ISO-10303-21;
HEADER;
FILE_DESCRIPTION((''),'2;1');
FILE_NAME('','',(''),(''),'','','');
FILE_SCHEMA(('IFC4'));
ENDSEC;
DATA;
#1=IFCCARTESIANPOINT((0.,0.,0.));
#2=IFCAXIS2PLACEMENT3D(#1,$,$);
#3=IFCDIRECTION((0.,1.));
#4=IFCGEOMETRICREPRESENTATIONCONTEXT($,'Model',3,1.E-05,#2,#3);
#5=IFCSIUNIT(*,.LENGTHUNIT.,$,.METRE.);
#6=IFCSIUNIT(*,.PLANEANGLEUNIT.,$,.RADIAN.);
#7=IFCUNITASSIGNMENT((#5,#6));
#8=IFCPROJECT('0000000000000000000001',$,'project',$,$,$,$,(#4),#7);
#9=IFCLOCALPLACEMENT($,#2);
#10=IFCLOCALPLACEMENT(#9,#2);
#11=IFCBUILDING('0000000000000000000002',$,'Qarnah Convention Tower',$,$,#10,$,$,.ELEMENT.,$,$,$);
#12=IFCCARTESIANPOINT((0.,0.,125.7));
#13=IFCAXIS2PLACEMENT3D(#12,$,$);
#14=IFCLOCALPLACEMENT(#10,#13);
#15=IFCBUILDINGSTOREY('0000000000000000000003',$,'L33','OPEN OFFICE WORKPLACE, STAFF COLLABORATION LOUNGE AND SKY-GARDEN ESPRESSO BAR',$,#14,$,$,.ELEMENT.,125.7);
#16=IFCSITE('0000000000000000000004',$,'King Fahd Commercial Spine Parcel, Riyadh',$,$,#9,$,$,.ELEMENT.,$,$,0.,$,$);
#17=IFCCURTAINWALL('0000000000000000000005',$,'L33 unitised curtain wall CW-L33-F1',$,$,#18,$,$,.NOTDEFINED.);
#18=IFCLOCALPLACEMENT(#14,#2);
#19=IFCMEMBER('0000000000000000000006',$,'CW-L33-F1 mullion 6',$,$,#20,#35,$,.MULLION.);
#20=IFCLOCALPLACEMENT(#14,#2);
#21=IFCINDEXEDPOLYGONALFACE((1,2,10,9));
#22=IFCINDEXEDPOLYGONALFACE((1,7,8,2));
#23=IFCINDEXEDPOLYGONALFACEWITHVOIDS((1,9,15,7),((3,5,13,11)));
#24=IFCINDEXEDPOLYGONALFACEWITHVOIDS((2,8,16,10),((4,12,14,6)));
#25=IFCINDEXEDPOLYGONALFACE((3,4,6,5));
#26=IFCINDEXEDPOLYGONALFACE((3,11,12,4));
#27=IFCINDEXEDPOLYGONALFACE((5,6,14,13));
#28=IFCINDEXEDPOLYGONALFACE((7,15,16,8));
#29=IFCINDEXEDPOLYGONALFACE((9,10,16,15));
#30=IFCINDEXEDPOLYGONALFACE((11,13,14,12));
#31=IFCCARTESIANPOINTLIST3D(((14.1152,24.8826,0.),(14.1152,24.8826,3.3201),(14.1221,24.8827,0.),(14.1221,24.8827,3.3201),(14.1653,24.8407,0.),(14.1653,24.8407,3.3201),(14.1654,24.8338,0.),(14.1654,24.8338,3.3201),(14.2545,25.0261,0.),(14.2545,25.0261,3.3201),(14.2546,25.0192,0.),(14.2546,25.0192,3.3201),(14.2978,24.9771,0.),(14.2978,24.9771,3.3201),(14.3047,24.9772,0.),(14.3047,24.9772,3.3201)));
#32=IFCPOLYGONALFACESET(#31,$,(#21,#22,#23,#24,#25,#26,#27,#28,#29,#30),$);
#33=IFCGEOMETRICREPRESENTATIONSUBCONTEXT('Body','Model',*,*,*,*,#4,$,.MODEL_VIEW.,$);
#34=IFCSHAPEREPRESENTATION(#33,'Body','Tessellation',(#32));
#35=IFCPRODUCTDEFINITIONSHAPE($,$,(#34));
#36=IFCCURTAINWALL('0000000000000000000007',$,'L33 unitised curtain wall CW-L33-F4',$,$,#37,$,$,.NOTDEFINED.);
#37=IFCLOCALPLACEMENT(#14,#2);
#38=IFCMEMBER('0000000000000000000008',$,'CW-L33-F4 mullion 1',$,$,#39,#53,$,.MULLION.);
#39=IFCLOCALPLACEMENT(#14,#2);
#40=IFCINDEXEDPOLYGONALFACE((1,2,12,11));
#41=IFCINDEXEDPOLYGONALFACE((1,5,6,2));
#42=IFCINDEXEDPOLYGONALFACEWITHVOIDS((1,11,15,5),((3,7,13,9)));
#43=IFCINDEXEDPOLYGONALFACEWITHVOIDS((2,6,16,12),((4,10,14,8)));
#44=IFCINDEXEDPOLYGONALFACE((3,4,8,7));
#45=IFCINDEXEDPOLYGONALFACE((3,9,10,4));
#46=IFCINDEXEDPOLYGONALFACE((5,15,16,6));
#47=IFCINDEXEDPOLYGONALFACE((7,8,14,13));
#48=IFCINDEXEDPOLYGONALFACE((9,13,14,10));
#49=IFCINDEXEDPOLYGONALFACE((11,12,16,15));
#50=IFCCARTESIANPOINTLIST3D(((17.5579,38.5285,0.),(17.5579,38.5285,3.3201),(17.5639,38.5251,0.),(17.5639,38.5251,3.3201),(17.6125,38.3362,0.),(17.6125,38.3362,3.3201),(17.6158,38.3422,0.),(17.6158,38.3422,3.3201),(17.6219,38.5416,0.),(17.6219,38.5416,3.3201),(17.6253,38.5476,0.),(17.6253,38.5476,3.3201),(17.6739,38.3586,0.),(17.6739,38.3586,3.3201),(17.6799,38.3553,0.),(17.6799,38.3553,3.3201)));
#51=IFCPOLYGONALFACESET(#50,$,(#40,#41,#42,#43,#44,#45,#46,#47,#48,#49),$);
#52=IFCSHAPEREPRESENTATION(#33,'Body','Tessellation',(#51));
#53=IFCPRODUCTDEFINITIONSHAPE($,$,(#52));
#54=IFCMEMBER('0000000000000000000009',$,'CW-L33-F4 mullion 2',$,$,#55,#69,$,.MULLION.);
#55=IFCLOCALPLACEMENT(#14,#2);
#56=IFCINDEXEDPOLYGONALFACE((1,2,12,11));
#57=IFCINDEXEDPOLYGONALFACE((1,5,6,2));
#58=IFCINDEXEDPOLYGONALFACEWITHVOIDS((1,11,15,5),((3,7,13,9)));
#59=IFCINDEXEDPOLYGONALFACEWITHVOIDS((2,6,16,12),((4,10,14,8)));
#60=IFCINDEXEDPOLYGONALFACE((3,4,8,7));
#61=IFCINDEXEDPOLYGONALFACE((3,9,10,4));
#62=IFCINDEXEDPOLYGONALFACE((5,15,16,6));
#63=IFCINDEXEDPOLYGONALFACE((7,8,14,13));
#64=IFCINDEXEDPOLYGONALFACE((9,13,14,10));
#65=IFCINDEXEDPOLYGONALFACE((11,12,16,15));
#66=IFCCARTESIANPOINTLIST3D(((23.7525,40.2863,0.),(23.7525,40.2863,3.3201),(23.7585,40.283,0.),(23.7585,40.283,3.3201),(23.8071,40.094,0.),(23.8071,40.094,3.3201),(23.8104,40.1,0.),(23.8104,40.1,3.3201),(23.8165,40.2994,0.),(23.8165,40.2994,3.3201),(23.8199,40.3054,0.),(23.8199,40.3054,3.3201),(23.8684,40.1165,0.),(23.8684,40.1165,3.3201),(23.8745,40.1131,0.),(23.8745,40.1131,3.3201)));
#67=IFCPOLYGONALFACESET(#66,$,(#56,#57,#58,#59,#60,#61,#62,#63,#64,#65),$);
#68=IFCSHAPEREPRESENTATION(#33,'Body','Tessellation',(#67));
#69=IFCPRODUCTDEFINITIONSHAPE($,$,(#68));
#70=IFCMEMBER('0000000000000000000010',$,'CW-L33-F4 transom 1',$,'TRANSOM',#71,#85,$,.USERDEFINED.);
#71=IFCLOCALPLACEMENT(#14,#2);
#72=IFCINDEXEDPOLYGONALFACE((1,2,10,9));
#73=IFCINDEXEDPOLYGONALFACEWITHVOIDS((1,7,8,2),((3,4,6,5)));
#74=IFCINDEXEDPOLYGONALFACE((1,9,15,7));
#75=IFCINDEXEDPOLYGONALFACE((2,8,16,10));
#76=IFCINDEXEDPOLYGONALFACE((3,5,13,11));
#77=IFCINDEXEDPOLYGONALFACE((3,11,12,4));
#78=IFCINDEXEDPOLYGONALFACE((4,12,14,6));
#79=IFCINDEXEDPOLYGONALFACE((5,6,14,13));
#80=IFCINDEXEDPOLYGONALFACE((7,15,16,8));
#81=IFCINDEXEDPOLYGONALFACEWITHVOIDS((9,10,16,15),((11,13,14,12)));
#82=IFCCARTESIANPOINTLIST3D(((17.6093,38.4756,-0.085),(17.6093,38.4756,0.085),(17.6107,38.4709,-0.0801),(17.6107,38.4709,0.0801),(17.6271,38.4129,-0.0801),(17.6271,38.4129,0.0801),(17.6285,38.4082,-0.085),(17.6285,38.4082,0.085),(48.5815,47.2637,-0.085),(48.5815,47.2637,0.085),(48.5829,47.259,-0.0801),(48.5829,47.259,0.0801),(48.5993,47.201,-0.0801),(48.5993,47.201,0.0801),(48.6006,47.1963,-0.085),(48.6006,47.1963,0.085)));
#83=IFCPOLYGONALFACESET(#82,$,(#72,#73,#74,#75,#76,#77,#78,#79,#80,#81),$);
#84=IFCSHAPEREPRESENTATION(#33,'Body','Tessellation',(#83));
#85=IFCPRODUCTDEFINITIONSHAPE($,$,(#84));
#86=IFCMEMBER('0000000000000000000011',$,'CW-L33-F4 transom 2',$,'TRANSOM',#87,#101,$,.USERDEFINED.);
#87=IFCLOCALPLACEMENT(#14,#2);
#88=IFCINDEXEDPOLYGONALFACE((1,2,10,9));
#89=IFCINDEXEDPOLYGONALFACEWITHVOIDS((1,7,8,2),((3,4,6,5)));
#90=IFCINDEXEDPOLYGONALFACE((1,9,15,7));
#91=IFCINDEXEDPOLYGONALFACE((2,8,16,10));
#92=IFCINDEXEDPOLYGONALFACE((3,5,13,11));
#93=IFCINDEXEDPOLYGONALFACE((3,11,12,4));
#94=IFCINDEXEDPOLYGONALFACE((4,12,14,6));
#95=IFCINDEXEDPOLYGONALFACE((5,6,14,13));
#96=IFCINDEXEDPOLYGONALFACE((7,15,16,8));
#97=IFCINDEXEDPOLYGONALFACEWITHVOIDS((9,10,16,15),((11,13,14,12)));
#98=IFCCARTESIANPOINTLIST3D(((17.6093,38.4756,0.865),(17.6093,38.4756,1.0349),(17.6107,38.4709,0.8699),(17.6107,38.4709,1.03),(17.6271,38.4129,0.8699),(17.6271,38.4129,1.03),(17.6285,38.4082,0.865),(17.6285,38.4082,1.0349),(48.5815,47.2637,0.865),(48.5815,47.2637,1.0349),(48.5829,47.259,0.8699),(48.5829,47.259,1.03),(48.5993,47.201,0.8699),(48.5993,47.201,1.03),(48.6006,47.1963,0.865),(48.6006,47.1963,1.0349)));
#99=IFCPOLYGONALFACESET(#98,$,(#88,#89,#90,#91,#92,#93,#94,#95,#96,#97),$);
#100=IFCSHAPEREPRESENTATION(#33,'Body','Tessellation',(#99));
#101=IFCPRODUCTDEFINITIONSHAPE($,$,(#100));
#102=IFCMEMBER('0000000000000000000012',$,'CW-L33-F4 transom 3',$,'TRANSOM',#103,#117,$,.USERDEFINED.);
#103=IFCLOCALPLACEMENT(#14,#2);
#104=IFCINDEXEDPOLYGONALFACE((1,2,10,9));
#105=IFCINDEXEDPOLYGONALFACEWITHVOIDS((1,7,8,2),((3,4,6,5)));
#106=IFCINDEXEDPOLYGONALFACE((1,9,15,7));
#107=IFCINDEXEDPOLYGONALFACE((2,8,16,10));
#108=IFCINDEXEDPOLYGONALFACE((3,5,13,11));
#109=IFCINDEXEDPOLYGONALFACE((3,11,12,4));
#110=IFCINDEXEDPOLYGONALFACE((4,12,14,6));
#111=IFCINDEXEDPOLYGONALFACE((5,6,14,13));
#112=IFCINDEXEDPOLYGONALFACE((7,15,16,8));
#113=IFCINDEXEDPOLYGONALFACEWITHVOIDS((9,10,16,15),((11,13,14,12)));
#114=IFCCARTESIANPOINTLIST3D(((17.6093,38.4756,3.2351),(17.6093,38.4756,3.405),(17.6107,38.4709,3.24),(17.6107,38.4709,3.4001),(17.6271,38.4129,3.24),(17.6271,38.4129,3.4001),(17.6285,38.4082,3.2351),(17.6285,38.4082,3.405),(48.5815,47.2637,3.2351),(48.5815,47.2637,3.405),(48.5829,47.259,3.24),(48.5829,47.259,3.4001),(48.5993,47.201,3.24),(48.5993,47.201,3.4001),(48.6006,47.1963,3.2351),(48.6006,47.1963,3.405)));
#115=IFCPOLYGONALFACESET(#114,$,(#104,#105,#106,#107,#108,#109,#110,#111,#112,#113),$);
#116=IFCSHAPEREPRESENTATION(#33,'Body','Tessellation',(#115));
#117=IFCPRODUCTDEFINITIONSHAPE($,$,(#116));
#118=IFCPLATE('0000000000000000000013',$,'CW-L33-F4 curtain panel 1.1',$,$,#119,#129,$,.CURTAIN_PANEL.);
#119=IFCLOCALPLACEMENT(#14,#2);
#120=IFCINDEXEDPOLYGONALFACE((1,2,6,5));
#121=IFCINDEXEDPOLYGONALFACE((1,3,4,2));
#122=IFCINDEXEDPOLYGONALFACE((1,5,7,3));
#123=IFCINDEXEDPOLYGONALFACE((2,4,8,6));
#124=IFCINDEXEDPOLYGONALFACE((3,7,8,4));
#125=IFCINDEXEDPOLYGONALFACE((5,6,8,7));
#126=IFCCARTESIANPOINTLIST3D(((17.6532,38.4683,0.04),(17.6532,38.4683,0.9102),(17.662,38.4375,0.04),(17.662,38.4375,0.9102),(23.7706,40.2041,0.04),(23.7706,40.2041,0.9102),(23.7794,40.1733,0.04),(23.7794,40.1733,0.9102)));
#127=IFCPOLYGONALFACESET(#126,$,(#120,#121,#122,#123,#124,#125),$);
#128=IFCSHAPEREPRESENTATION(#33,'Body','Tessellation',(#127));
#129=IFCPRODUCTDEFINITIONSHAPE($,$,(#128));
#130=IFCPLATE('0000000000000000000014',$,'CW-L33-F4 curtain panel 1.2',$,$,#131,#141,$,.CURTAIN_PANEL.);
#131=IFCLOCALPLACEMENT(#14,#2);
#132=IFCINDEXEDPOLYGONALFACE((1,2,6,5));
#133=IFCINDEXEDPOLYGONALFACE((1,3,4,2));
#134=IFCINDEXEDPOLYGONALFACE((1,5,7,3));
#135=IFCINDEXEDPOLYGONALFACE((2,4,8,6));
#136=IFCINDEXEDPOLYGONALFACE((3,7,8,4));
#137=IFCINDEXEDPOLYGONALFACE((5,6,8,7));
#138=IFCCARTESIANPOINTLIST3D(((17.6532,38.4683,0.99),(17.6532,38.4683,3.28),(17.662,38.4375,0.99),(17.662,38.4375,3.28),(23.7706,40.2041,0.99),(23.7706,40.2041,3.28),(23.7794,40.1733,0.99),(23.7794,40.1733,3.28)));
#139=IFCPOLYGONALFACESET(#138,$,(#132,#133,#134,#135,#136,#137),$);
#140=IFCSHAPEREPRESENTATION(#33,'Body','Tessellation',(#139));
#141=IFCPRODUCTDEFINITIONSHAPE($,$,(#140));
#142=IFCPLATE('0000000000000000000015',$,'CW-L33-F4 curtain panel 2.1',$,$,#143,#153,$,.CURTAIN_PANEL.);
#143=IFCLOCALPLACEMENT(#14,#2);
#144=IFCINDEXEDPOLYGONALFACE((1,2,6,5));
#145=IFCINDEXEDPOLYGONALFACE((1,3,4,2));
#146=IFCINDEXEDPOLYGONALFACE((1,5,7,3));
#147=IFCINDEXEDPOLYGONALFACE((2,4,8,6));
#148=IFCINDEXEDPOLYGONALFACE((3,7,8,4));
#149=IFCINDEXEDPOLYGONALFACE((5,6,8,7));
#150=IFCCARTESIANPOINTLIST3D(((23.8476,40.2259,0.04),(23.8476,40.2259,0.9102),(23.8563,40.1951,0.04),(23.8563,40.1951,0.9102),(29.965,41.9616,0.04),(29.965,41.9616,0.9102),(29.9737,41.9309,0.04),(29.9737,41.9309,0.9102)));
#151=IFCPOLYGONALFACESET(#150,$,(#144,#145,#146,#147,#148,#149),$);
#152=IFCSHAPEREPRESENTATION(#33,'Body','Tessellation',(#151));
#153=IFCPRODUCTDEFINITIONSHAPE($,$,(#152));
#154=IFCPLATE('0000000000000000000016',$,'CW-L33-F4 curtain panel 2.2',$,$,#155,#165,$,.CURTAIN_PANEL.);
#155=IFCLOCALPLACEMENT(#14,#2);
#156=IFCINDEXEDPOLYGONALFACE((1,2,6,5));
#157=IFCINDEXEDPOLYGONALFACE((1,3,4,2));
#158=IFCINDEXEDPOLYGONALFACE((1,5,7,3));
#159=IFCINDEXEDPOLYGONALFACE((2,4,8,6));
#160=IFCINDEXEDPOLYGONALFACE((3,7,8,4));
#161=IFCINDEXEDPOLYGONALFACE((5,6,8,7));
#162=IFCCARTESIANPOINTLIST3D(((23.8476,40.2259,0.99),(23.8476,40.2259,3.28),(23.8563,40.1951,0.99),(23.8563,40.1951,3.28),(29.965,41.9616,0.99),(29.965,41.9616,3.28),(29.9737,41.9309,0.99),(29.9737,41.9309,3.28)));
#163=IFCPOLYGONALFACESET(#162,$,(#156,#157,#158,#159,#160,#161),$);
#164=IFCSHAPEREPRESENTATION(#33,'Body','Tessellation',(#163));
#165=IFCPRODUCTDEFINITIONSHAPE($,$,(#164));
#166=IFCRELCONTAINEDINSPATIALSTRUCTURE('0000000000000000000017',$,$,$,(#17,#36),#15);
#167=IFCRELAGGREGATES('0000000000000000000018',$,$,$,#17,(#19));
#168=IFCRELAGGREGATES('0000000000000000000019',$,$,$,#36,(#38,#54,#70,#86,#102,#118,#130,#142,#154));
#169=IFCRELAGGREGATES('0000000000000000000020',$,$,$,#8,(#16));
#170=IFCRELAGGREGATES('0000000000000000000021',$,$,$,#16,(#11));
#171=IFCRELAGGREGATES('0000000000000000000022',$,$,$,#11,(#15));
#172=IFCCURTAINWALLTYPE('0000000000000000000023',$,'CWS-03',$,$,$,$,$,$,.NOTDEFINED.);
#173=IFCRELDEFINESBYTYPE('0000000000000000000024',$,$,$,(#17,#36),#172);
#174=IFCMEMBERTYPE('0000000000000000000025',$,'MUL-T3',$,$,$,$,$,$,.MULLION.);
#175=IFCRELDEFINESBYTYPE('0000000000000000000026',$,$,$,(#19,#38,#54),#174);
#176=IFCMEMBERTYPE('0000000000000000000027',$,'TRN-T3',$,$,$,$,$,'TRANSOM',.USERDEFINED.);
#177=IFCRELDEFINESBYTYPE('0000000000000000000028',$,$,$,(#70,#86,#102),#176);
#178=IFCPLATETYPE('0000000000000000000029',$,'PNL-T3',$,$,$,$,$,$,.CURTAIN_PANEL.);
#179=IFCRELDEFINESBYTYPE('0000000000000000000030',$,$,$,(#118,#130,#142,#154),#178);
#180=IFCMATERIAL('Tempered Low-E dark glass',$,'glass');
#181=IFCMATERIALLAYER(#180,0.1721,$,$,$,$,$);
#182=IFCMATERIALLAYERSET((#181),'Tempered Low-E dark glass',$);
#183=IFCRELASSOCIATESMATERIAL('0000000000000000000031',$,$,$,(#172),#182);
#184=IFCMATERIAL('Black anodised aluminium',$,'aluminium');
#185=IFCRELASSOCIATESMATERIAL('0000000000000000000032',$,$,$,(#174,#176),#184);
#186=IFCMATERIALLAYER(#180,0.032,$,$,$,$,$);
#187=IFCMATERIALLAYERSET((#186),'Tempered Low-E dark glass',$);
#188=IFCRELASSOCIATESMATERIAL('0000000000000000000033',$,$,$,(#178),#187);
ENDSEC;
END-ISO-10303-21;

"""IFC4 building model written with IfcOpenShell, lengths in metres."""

from ifc_helpers import new_model, si_unit, direction, frame, origin, origin_2d, place, context, subcontext, project, spatial, rectangle, hollow_rectangle, extrude, material, layer, layer_set, material_profile, profile_set, type_object, element, aggregate, save


model = new_model("IFC4")

# Units and contexts
model_context = context("Model", 3, precision=1e-05, world=origin(), true_north=direction((0.0, 1.0)))
body_context = subcontext(model_context, "Body", "Model", "MODEL_VIEW")
ifc_project = project(units=[si_unit("LENGTHUNIT", "METRE"), si_unit("PLANEANGLEUNIT", "RADIAN")], contexts=[model_context])

# Site, building, storey
site_placement = place(None, origin())
site = spatial("IfcSite", under=ifc_project, at=site_placement, Name="King Fahd Commercial Spine Parcel, Riyadh", CompositionType="ELEMENT", RefElevation=0.0)
building_placement = place(site_placement, origin())
building = spatial("IfcBuilding", under=site, at=building_placement, Name="Qarnah Convention Tower", CompositionType="ELEMENT")
storey_placement = place(building_placement, frame((0.0, 0.0, 125.7)))
storey = spatial("IfcBuildingStorey", under=building, at=storey_placement, Name="L33", Description="OPEN OFFICE WORKPLACE, STAFF COLLABORATION LOUNGE AND SKY-GARDEN ESPRESSO BAR", CompositionType="ELEMENT", Elevation=125.7)

# Curtain wall, member
ifc_material_1 = material(Name="Tempered Low-E dark glass", Category="glass")
ifc_layer_1 = layer(ifc_material_1, 0.1721)
ifc_layer_set_1 = layer_set([ifc_layer_1], Name="Tempered Low-E dark glass")
curtain_wall_type = type_object("IfcCurtainWallType", Name="CWS-03", PredefinedType="NOTDEFINED", material=ifc_layer_set_1)
curtain_wall_1_placement = place(storey_placement, origin())
curtain_wall_1 = element("IfcCurtainWall", 1, at=curtain_wall_1_placement, inside=storey, type_object=curtain_wall_type, Name="L33 unitised curtain wall CW-L33-F1", PredefinedType="NOTDEFINED")
ifc_material_2 = material(Name="Black anodised aluminium", Category="aluminium")
ifc_material_profile_1 = material_profile(ifc_material_2, hollow_rectangle(XDim=0.0701, YDim=0.2, WallThickness=0.0049, at=origin_2d()), Name="MUL-70X200")
ifc_profile_set_1 = profile_set([ifc_material_profile_1], Name="Black anodised aluminium")
member_type_1 = type_object("IfcMemberType", Name="MUL-T3", PredefinedType="MULLION", material=ifc_profile_set_1)
member_1_placement = place(storey_placement, frame((14.21, 24.9299, 0.0), z_axis=(0.0, 0.0, 1.0), x_axis=(-0.71739, 0.696672, 0.0)))
member_1 = element("IfcMember", 2, at=member_1_placement, type_object=member_type_1, Name="CW-L33-F1 mullion 6", PredefinedType="MULLION", context=body_context, shape_type="SweptSolid", body=[
    extrude(hollow_rectangle(XDim=0.0701, YDim=0.2, WallThickness=0.0049, at=origin_2d()), origin(), (0.0, 0.0, 1.0), 3.3201),
])
aggregate(curtain_wall_1, [member_1])

# Curtain wall, members, plates
curtain_wall_2_placement = place(storey_placement, origin())
curtain_wall_2 = element("IfcCurtainWall", 3, at=curtain_wall_2_placement, inside=storey, type_object=curtain_wall_type, Name="L33 unitised curtain wall CW-L33-F4", PredefinedType="NOTDEFINED")
member_2_placement = place(storey_placement, frame((17.6189, 38.4419, 0.0), z_axis=(0.0, 0.0, 1.0), x_axis=(0.962024, 0.272965, 0.0)))
member_2 = element("IfcMember", 4, at=member_2_placement, type_object=member_type_1, Name="CW-L33-F4 mullion 1", PredefinedType="MULLION", context=body_context, shape_type="SweptSolid", body=[
    extrude(hollow_rectangle(XDim=0.0701, YDim=0.2, WallThickness=0.0049, at=origin_2d()), origin(), (0.0, 0.0, 1.0), 3.3201),
])
member_3_placement = place(storey_placement, frame((23.8135, 40.1997, 0.0), z_axis=(0.0, 0.0, 1.0), x_axis=(0.962024, 0.272965, 0.0)))
member_3 = element("IfcMember", 5, at=member_3_placement, type_object=member_type_1, Name="CW-L33-F4 mullion 2", PredefinedType="MULLION", context=body_context, shape_type="SweptSolid", body=[
    extrude(hollow_rectangle(XDim=0.0701, YDim=0.2, WallThickness=0.0049, at=origin_2d()), origin(), (0.0, 0.0, 1.0), 3.3201),
])
ifc_material_profile_2 = material_profile(ifc_material_2, hollow_rectangle(XDim=0.0701, YDim=0.1699, WallThickness=0.0049, at=origin_2d()), Name="TRN-70X170")
ifc_profile_set_2 = profile_set([ifc_material_profile_2], Name="Black anodised aluminium")
member_type_2 = type_object("IfcMemberType", Name="TRN-T3", ElementType="TRANSOM", PredefinedType="USERDEFINED", material=ifc_profile_set_2)
member_4_placement = place(storey_placement, frame((17.6189, 38.4419, 0.0), z_axis=(0.962024, 0.272966, 0.0), x_axis=(-0.272966, 0.962024, 0.0)))
member_4 = element("IfcMember", 6, at=member_4_placement, type_object=member_type_2, Name="CW-L33-F4 transom 1", ObjectType="TRANSOM", PredefinedType="USERDEFINED", context=body_context, shape_type="SweptSolid", body=[
    extrude(hollow_rectangle(XDim=0.0701, YDim=0.1699, WallThickness=0.0049, at=origin_2d()), origin(), (0.0, 0.0, 1.0), 32.1948),
])
member_5_placement = place(storey_placement, frame((17.6189, 38.4419, 0.95), z_axis=(0.962024, 0.272966, 0.0), x_axis=(-0.272966, 0.962024, 0.0)))
member_5 = element("IfcMember", 7, at=member_5_placement, type_object=member_type_2, Name="CW-L33-F4 transom 2", ObjectType="TRANSOM", PredefinedType="USERDEFINED", context=body_context, shape_type="SweptSolid", body=[
    extrude(hollow_rectangle(XDim=0.0701, YDim=0.1699, WallThickness=0.0049, at=origin_2d()), origin(), (0.0, 0.0, 1.0), 32.1948),
])
member_6_placement = place(storey_placement, frame((17.6189, 38.4419, 3.3201), z_axis=(0.962024, 0.272966, 0.0), x_axis=(-0.272966, 0.962024, 0.0)))
member_6 = element("IfcMember", 8, at=member_6_placement, type_object=member_type_2, Name="CW-L33-F4 transom 3", ObjectType="TRANSOM", PredefinedType="USERDEFINED", context=body_context, shape_type="SweptSolid", body=[
    extrude(hollow_rectangle(XDim=0.0701, YDim=0.1699, WallThickness=0.0049, at=origin_2d()), origin(), (0.0, 0.0, 1.0), 32.1948),
])
ifc_layer_2 = layer(ifc_material_1, 0.032)
ifc_layer_set_2 = layer_set([ifc_layer_2], Name="Tempered Low-E dark glass")
plate_type = type_object("IfcPlateType", Name="PNL-T3", PredefinedType="CURTAIN_PANEL", material=ifc_layer_set_2)
plate_1_placement = place(storey_placement, frame((20.7163, 39.3208, 0.04), z_axis=(0.0, 0.0, 1.0), x_axis=(0.962024, 0.272965, 0.0)))
plate_1 = element("IfcPlate", 9, at=plate_1_placement, type_object=plate_type, Name="CW-L33-F4 curtain panel 1.1", PredefinedType="CURTAIN_PANEL", context=body_context, shape_type="SweptSolid", body=[
    extrude(rectangle(XDim=6.3589, YDim=0.032, at=origin_2d()), origin(), (0.0, 0.0, 1.0), 0.8701),
])
plate_2_placement = place(storey_placement, frame((20.7163, 39.3208, 0.99), z_axis=(0.0, 0.0, 1.0), x_axis=(0.962024, 0.272965, 0.0)))
plate_2 = element("IfcPlate", 10, at=plate_2_placement, type_object=plate_type, Name="CW-L33-F4 curtain panel 1.2", PredefinedType="CURTAIN_PANEL", context=body_context, shape_type="SweptSolid", body=[
    extrude(rectangle(XDim=6.3589, YDim=0.032, at=origin_2d()), origin(), (0.0, 0.0, 1.0), 2.29),
])
plate_3_placement = place(storey_placement, frame((26.9106, 41.0784, 0.04), z_axis=(0.0, 0.0, 1.0), x_axis=(0.962024, 0.272965, 0.0)))
plate_3 = element("IfcPlate", 11, at=plate_3_placement, type_object=plate_type, Name="CW-L33-F4 curtain panel 2.1", PredefinedType="CURTAIN_PANEL", context=body_context, shape_type="SweptSolid", body=[
    extrude(rectangle(XDim=6.3589, YDim=0.032, at=origin_2d()), origin(), (0.0, 0.0, 1.0), 0.8701),
])
plate_4_placement = place(storey_placement, frame((26.9106, 41.0784, 0.99), z_axis=(0.0, 0.0, 1.0), x_axis=(0.962024, 0.272965, 0.0)))
plate_4 = element("IfcPlate", 12, at=plate_4_placement, type_object=plate_type, Name="CW-L33-F4 curtain panel 2.2", PredefinedType="CURTAIN_PANEL", context=body_context, shape_type="SweptSolid", body=[
    extrude(rectangle(XDim=6.3589, YDim=0.032, at=origin_2d()), origin(), (0.0, 0.0, 1.0), 2.29),
])
aggregate(curtain_wall_2, [member_2, member_3, member_4, member_5, member_6, plate_1, plate_2, plate_3, plate_4])

save(model, "model.ifc")
